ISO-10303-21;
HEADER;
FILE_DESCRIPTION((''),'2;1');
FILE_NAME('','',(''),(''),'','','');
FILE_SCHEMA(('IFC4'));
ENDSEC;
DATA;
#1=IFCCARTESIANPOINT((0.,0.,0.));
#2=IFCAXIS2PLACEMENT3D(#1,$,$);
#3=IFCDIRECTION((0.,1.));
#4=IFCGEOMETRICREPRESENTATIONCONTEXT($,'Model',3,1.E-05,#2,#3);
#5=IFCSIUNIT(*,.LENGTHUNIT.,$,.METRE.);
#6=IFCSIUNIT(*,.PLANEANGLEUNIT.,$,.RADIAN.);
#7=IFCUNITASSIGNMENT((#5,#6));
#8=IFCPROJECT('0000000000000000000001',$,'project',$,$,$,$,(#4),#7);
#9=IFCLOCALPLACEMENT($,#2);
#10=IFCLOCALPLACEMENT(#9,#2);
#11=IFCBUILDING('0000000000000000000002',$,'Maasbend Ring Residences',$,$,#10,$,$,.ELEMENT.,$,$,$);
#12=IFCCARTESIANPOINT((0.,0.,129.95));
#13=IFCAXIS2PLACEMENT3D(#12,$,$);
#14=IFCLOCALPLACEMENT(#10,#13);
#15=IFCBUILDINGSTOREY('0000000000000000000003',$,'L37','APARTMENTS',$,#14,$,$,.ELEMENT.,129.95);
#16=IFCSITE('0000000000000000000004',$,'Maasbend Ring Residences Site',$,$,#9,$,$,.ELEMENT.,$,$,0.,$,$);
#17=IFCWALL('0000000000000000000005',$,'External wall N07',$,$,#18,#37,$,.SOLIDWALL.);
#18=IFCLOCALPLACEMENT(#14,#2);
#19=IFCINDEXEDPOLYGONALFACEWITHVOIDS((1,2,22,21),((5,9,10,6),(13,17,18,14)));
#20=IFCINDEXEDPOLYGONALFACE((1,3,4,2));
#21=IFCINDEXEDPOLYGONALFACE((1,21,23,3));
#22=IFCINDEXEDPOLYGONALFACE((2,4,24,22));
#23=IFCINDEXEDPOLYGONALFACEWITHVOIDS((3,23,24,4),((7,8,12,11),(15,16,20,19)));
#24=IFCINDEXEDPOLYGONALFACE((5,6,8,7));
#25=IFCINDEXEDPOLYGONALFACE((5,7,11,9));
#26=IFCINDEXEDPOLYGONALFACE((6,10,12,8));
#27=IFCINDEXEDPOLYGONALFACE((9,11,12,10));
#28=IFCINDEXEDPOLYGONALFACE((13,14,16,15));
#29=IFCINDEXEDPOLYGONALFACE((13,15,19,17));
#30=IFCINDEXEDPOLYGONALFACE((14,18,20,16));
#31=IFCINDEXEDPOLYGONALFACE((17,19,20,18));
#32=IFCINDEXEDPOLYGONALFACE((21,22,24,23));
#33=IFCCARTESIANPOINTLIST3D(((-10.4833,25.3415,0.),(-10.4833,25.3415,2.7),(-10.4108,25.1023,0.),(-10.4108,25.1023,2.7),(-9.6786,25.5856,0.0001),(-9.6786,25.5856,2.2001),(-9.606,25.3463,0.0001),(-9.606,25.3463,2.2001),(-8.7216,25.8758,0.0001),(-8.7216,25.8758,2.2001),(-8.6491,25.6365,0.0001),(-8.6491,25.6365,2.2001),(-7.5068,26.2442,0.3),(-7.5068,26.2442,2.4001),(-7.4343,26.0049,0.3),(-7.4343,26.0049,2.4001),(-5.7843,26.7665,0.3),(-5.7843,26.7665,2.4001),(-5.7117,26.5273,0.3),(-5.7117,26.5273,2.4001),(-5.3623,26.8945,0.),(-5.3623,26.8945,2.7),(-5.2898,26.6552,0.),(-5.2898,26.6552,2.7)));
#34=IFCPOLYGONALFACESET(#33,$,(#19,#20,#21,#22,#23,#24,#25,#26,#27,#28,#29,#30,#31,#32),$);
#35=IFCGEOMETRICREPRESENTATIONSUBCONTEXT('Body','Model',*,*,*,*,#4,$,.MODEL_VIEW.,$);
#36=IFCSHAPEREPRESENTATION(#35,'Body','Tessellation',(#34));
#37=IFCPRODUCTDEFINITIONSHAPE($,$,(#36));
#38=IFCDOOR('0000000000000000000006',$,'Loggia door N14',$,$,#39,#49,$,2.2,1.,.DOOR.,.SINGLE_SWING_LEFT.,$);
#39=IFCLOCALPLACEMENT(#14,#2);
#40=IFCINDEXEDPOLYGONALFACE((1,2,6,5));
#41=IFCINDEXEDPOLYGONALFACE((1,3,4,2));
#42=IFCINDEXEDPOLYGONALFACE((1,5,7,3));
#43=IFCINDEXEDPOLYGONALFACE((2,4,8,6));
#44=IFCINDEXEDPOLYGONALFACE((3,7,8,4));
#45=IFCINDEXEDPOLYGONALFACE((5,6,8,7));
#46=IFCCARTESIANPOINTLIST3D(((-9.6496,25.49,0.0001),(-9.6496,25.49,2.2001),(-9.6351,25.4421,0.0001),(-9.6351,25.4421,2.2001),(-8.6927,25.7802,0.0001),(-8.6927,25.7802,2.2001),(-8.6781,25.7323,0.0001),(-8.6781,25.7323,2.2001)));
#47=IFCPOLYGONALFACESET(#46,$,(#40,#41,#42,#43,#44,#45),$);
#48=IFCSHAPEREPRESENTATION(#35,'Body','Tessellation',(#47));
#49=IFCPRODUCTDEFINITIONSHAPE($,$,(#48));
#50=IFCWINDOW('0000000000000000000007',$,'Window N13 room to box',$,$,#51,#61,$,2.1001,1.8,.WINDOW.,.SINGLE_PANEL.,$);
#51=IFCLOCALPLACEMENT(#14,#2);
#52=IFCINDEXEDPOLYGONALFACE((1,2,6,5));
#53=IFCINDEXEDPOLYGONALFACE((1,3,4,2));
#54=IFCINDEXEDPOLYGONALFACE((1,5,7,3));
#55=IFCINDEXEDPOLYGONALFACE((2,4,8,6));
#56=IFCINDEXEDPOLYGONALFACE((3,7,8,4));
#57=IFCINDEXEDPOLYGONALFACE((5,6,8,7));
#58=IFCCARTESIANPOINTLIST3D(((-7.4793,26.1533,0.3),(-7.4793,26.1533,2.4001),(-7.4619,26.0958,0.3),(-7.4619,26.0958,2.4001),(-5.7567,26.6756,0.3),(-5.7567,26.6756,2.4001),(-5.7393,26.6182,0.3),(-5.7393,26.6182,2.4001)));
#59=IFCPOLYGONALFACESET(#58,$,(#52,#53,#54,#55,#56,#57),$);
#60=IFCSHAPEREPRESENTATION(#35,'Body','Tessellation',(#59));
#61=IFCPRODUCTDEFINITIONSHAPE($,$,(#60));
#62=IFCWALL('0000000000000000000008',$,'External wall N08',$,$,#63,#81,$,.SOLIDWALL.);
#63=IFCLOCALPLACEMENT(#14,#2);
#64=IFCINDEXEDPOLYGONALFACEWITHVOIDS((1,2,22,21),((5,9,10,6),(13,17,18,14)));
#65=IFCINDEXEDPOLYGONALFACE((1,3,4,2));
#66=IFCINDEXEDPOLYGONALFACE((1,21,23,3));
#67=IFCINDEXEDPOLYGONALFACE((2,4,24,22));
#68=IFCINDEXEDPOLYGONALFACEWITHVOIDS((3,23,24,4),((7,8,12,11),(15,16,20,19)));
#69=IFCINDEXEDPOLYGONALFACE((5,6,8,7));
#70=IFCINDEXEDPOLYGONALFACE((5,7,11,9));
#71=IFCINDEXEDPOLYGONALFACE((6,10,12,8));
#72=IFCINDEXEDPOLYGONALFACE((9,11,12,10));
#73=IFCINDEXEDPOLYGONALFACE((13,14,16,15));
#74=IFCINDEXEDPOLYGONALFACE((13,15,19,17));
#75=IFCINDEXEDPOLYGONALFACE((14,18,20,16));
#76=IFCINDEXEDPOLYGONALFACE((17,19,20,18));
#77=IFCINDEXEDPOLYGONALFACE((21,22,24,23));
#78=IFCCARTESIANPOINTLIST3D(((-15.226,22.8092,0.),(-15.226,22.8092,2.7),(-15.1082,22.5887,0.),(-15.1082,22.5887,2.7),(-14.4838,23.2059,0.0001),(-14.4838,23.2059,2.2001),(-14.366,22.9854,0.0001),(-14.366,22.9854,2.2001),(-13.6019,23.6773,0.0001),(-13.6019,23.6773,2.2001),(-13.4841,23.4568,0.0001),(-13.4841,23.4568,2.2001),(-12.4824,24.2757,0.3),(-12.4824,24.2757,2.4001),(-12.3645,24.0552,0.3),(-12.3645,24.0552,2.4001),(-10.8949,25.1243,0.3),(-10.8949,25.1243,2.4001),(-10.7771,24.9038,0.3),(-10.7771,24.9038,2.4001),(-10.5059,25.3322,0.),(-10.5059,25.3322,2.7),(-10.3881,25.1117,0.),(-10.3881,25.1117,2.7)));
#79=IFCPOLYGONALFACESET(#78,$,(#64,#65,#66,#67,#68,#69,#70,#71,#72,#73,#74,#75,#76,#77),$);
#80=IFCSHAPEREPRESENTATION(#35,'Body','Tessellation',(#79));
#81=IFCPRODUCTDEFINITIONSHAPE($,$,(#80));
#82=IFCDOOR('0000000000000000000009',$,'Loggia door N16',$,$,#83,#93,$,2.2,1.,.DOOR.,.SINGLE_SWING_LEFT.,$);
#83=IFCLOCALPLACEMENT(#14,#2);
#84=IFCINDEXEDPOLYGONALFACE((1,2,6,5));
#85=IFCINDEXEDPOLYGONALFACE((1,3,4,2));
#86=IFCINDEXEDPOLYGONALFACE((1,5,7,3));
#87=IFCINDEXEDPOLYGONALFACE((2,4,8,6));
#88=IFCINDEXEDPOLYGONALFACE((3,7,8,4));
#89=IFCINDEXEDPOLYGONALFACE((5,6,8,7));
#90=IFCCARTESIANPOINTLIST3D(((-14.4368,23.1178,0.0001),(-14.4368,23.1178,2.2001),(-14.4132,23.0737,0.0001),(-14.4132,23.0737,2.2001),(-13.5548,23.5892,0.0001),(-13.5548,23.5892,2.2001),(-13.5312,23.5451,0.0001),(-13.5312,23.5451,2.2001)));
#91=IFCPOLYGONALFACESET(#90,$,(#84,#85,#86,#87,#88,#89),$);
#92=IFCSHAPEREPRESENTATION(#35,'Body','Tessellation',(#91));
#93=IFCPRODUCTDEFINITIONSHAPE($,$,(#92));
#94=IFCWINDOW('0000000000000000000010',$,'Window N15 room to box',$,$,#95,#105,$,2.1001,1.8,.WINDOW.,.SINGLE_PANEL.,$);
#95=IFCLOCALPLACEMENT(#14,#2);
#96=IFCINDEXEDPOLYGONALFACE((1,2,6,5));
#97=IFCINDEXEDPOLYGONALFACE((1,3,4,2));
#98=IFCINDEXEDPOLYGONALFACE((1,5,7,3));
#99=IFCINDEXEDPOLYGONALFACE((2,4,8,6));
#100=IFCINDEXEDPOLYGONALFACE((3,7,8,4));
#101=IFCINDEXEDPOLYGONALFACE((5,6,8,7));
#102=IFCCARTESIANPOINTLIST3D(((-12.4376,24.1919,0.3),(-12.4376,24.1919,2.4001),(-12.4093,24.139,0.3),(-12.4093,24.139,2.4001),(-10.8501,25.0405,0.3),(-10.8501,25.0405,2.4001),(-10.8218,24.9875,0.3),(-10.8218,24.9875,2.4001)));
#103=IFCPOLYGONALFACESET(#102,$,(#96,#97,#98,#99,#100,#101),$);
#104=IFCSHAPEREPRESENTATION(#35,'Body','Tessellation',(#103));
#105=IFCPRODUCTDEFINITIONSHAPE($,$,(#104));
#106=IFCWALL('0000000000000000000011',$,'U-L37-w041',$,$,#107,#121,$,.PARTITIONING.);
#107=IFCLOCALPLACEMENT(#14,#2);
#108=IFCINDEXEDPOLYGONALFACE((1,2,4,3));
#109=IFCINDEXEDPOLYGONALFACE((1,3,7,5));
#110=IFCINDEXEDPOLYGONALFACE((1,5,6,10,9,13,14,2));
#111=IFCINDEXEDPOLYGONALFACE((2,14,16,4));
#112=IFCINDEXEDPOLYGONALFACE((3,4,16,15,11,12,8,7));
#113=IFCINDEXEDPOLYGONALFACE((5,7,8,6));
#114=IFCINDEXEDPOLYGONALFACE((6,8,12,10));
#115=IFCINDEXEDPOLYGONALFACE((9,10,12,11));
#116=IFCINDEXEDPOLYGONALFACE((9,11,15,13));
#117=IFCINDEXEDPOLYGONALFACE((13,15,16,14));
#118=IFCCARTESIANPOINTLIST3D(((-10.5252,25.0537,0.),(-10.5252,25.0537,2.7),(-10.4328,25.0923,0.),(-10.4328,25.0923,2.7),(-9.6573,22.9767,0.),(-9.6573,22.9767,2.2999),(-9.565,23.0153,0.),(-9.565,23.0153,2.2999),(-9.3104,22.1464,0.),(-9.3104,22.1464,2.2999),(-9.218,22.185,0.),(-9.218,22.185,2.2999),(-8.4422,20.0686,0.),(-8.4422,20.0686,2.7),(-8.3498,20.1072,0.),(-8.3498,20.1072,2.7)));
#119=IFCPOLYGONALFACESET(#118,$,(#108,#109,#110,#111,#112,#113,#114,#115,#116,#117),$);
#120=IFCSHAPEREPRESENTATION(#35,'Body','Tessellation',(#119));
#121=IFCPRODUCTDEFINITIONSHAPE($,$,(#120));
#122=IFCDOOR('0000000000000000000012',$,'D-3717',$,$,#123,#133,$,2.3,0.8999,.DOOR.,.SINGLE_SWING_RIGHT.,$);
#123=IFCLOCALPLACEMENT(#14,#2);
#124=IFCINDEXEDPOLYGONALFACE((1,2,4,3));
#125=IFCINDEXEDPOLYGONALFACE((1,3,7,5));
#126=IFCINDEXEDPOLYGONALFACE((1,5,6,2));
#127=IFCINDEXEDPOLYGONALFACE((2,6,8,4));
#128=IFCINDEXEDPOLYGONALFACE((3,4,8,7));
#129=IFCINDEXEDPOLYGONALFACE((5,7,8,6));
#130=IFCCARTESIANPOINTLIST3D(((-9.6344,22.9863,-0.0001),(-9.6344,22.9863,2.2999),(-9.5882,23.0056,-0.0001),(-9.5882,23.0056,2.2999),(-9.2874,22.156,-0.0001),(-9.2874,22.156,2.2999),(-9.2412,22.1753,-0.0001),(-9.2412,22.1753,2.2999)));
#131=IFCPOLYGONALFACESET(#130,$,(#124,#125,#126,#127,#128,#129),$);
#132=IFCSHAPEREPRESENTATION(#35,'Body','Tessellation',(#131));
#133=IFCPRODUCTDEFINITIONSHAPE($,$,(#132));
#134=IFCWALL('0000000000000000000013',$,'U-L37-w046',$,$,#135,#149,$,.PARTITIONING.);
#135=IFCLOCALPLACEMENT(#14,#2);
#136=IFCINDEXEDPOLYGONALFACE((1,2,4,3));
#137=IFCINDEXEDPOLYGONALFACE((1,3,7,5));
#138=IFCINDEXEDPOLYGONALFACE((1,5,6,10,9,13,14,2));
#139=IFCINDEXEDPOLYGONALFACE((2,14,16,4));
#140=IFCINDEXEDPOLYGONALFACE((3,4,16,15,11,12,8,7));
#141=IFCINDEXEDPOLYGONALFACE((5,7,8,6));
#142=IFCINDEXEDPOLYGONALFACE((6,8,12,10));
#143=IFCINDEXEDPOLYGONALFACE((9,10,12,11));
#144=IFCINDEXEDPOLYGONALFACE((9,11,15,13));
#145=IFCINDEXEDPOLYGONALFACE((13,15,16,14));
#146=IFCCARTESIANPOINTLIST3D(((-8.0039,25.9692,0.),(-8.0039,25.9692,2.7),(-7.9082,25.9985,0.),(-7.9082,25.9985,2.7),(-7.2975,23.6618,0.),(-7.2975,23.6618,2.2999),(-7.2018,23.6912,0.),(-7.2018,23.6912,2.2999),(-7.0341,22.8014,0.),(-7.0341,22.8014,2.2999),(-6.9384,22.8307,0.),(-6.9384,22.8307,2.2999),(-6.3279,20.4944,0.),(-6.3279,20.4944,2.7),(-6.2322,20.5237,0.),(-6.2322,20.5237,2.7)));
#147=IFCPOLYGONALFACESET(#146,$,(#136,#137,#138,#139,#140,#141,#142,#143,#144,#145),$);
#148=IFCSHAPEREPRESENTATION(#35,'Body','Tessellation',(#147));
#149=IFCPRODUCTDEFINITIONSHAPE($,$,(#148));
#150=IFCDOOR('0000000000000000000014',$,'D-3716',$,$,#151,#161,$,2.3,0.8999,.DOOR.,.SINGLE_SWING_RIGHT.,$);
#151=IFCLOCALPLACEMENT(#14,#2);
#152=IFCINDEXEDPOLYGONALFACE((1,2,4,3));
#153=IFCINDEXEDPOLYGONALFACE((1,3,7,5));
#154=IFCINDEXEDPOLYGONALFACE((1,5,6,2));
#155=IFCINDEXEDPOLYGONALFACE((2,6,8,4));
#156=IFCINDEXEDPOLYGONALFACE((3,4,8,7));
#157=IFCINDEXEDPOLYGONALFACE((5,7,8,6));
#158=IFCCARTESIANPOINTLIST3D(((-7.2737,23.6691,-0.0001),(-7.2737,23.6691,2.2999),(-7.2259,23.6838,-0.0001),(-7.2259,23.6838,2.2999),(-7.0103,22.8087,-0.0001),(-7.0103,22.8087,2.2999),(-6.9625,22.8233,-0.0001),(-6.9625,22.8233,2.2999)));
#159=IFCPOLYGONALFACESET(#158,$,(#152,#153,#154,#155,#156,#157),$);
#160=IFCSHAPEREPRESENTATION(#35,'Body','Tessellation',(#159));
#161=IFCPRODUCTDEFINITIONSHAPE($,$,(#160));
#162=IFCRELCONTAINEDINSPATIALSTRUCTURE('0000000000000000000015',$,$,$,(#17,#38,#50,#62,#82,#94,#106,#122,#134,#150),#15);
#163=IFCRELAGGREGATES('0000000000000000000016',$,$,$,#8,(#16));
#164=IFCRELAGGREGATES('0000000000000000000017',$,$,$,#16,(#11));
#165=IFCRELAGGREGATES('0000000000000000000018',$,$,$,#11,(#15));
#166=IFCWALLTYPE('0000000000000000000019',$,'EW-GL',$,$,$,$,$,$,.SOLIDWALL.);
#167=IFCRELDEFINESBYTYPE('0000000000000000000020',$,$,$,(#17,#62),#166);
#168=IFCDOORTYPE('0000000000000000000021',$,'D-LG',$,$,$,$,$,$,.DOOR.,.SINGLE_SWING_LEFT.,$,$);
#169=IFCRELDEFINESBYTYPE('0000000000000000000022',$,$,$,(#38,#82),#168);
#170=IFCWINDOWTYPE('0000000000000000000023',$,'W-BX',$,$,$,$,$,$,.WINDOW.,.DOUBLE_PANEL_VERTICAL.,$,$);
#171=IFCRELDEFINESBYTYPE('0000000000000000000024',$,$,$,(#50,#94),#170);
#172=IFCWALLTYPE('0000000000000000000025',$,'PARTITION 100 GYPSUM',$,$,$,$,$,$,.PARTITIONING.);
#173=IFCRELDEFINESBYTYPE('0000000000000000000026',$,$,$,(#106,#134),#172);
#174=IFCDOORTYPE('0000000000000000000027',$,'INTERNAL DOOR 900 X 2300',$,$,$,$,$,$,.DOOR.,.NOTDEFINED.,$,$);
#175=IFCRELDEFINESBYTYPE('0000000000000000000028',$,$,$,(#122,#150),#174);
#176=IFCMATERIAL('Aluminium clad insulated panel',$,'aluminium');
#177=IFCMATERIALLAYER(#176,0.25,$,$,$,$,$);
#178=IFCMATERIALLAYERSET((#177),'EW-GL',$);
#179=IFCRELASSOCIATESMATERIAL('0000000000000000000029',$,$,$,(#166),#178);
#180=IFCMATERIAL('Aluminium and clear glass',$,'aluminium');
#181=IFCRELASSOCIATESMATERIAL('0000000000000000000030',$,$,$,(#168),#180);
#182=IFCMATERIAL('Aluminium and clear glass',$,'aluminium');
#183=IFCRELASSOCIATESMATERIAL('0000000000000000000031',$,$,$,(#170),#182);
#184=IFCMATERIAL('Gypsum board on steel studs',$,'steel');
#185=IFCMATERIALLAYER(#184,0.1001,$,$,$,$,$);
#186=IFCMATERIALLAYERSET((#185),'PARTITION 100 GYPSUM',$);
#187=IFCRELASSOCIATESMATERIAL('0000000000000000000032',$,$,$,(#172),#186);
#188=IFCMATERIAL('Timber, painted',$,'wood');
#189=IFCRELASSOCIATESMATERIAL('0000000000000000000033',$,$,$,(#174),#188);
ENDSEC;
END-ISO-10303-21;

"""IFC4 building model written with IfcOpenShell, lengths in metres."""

from ifc_helpers import new_model, si_unit, direction, frame, frame_2d, origin, place, context, subcontext, project, spatial, rectangle, extrude, material, layer, layer_set, type_object, element, fill, save


model = new_model("IFC4")

# Units and contexts
model_context = context("Model", 3, precision=1e-05, world=origin(), true_north=direction((0.0, 1.0)))
body_context = subcontext(model_context, "Body", "Model", "MODEL_VIEW")
ifc_project = project(units=[si_unit("LENGTHUNIT", "METRE"), si_unit("PLANEANGLEUNIT", "RADIAN")], contexts=[model_context])

# Site, building, storey
site_placement = place(None, origin())
site = spatial("IfcSite", under=ifc_project, at=site_placement, Name="Maasbend Ring Residences Site", CompositionType="ELEMENT", RefElevation=0.0)
building_placement = place(site_placement, origin())
building = spatial("IfcBuilding", under=site, at=building_placement, Name="Maasbend Ring Residences", CompositionType="ELEMENT")
storey_placement = place(building_placement, frame((0.0, 0.0, 129.95)))
storey = spatial("IfcBuildingStorey", under=building, at=storey_placement, Name="L37", Description="APARTMENTS", CompositionType="ELEMENT", Elevation=129.95)

# Walls, openings, doors, windows
ifc_material_1 = material(Name="Aluminium clad insulated panel", Category="aluminium")
ifc_layer_1 = layer(ifc_material_1, 0.25)
ifc_layer_set_1 = layer_set([ifc_layer_1], Name="EW-GL")
wall_type_1 = type_object("IfcWallType", Name="EW-GL", PredefinedType="SOLIDWALL", material=ifc_layer_set_1)
wall_1_placement = place(storey_placement, frame((-5.3259, 26.7749, 0.0), z_axis=(0.0, 0.0, 1.0), x_axis=(-0.956966, -0.290201, 0.0)))
wall_1 = element("IfcWall", 1, at=wall_1_placement, inside=storey, type_object=wall_type_1, Name="External wall N07", PredefinedType="SOLIDWALL", context=body_context, shape_type="SweptSolid", body=[
    extrude(rectangle(XDim=5.3513, YDim=0.25, at=frame_2d((2.6758, 0.0))), origin(), (0.0, 0.0, 1.0), 2.7),
])
opening_1_placement = place(wall_1_placement, frame((0.4412, 0.0, 0.3)))
opening_1 = element("IfcOpeningElement", 2, at=opening_1_placement, cuts=wall_1, PredefinedType="OPENING", context=body_context, shape_type="SweptSolid", body=[
    extrude(rectangle(XDim=1.8, YDim=2.1001, at=frame_2d((0.8999, 1.05))), frame((0.0, 0.135, 0.0), z_axis=(0.0, -1.0, 0.0), x_axis=(1.0, 0.0, 0.0)), (0.0, 0.0, 1.0), 0.27),
])
opening_2_placement = place(wall_1_placement, frame((3.5105, 0.0, 0.0)))
opening_2 = element("IfcOpeningElement", 3, at=opening_2_placement, cuts=wall_1, PredefinedType="OPENING", context=body_context, shape_type="SweptSolid", body=[
    extrude(rectangle(XDim=1.0, YDim=2.2, at=frame_2d((0.5, 1.1001))), frame((0.0, 0.135, 0.0), z_axis=(0.0, -1.0, 0.0), x_axis=(1.0, 0.0, 0.0)), (0.0, 0.0, 1.0), 0.27),
])
ifc_material_2 = material(Name="Aluminium and clear glass", Category="aluminium")
door_type_1 = type_object("IfcDoorType", Name="D-LG", OperationType="SINGLE_SWING_LEFT", PredefinedType="DOOR", material=ifc_material_2)
door_1_placement = place(opening_2_placement, origin())
door_1 = element("IfcDoor", 4, at=door_1_placement, inside=storey, type_object=door_type_1, Name="Loggia door N14", OperationType="SINGLE_SWING_LEFT", OverallHeight=2.2, OverallWidth=1.0, PredefinedType="DOOR", context=body_context, shape_type="SweptSolid", body=[
    extrude(rectangle(XDim=1.0, YDim=2.2, at=frame_2d((0.5, 1.1001))), frame((0.0, 0.0249, 0.0), z_axis=(0.0, -1.0, 0.0), x_axis=(1.0, 0.0, 0.0)), (0.0, 0.0, 1.0), 0.05),
])
fill(opening_2, door_1)
ifc_material_3 = material(Name="Aluminium and clear glass", Category="aluminium")
window_type_1 = type_object("IfcWindowType", Name="W-BX", PartitioningType="DOUBLE_PANEL_VERTICAL", PredefinedType="WINDOW", material=ifc_material_3)
window_1_placement = place(opening_1_placement, origin())
window_1 = element("IfcWindow", 5, at=window_1_placement, inside=storey, type_object=window_type_1, Name="Window N13 room to box", OverallHeight=2.1001, OverallWidth=1.8, PartitioningType="SINGLE_PANEL", PredefinedType="WINDOW", context=body_context, shape_type="SweptSolid", body=[
    extrude(rectangle(XDim=1.8, YDim=2.1001, at=frame_2d((0.8999, 1.05))), frame((0.0, 0.03, 0.0), z_axis=(0.0, -1.0, 0.0), x_axis=(1.0, 0.0, 0.0)), (0.0, 0.0, 1.0), 0.0601),
])
fill(opening_1, window_1)
wall_2_placement = place(storey_placement, frame((-10.447, 25.2219, 0.0), z_axis=(0.0, 0.0, 1.0), x_axis=(-0.881916, -0.471407, 0.0)))
wall_2 = element("IfcWall", 6, at=wall_2_placement, inside=storey, type_object=wall_type_1, Name="External wall N08", PredefinedType="SOLIDWALL", context=body_context, shape_type="SweptSolid", body=[
    extrude(rectangle(XDim=5.3521, YDim=0.25, at=frame_2d((2.676, 0.0))), origin(), (0.0, 0.0, 1.0), 2.7),
])
opening_3_placement = place(wall_2_placement, frame((0.4412, 0.0, 0.3)))
opening_3 = element("IfcOpeningElement", 7, at=opening_3_placement, cuts=wall_2, PredefinedType="OPENING", context=body_context, shape_type="SweptSolid", body=[
    extrude(rectangle(XDim=1.8, YDim=2.1001, at=frame_2d((0.8999, 1.05))), frame((0.0, 0.135, 0.0), z_axis=(0.0, -1.0, 0.0), x_axis=(1.0, 0.0, 0.0)), (0.0, 0.0, 1.0), 0.27),
])
opening_4_placement = place(wall_2_placement, frame((3.5105, 0.0, 0.0)))
opening_4 = element("IfcOpeningElement", 8, at=opening_4_placement, cuts=wall_2, PredefinedType="OPENING", context=body_context, shape_type="SweptSolid", body=[
    extrude(rectangle(XDim=1.0, YDim=2.2, at=frame_2d((0.5, 1.1001))), frame((0.0, 0.135, 0.0), z_axis=(0.0, -1.0, 0.0), x_axis=(1.0, 0.0, 0.0)), (0.0, 0.0, 1.0), 0.27),
])
door_2_placement = place(opening_4_placement, origin())
door_2 = element("IfcDoor", 9, at=door_2_placement, inside=storey, type_object=door_type_1, Name="Loggia door N16", OperationType="SINGLE_SWING_LEFT", OverallHeight=2.2, OverallWidth=1.0, PredefinedType="DOOR", context=body_context, shape_type="SweptSolid", body=[
    extrude(rectangle(XDim=1.0, YDim=2.2, at=frame_2d((0.5, 1.1001))), frame((0.0, 0.0249, 0.0), z_axis=(0.0, -1.0, 0.0), x_axis=(1.0, 0.0, 0.0)), (0.0, 0.0, 1.0), 0.05),
])
fill(opening_4, door_2)
window_2_placement = place(opening_3_placement, origin())
window_2 = element("IfcWindow", 10, at=window_2_placement, inside=storey, type_object=window_type_1, Name="Window N15 room to box", OverallHeight=2.1001, OverallWidth=1.8, PartitioningType="SINGLE_PANEL", PredefinedType="WINDOW", context=body_context, shape_type="SweptSolid", body=[
    extrude(rectangle(XDim=1.8, YDim=2.1001, at=frame_2d((0.8999, 1.05))), frame((0.0, 0.03, 0.0), z_axis=(0.0, -1.0, 0.0), x_axis=(1.0, 0.0, 0.0)), (0.0, 0.0, 1.0), 0.0601),
])
fill(opening_3, window_2)

# Walls, openings, doors
ifc_material_4 = material(Name="Gypsum board on steel studs", Category="steel")
ifc_layer_2 = layer(ifc_material_4, 0.1001)
ifc_layer_set_2 = layer_set([ifc_layer_2], Name="PARTITION 100 GYPSUM")
wall_type_2 = type_object("IfcWallType", Name="PARTITION 100 GYPSUM", PredefinedType="PARTITIONING", material=ifc_layer_set_2)
wall_3_placement = place(storey_placement, frame((-10.479, 25.073, 0.0), z_axis=(0.0, 0.0, 1.0), x_axis=(0.385542, -0.92269, 0.0)))
wall_3 = element("IfcWall", 11, at=wall_3_placement, inside=storey, type_object=wall_type_2, Name="U-L37-w041", PredefinedType="PARTITIONING", context=body_context, shape_type="SweptSolid", body=[
    extrude(rectangle(XDim=5.4028, YDim=0.1001, at=frame_2d((2.7014, 0.0))), origin(), (0.0, 0.0, 1.0), 2.7),
])
opening_5_placement = place(wall_3_placement, frame((2.251, 0.0, 0.0)))
opening_5 = element("IfcOpeningElement", 12, at=opening_5_placement, cuts=wall_3, PredefinedType="OPENING", context=body_context, shape_type="SweptSolid", body=[
    extrude(rectangle(XDim=0.8999, YDim=2.3, at=frame_2d((0.45, 1.1499))), frame((0.0, 0.0601, 0.0), z_axis=(0.0, -1.0, 0.0), x_axis=(1.0, 0.0, 0.0)), (0.0, 0.0, 1.0), 0.1201),
])
ifc_material_5 = material(Name="Timber, painted", Category="wood")
door_type_2 = type_object("IfcDoorType", Name="INTERNAL DOOR 900 X 2300", OperationType="NOTDEFINED", PredefinedType="DOOR", material=ifc_material_5)
door_3_placement = place(opening_5_placement, origin())
door_3 = element("IfcDoor", 13, at=door_3_placement, inside=storey, type_object=door_type_2, Name="D-3717", OperationType="SINGLE_SWING_RIGHT", OverallHeight=2.3, OverallWidth=0.8999, PredefinedType="DOOR", context=body_context, shape_type="SweptSolid", body=[
    extrude(rectangle(XDim=0.8999, YDim=2.3, at=frame_2d((0.45, 1.1499))), frame((0.0, 0.0249, 0.0), z_axis=(0.0, -1.0, 0.0), x_axis=(1.0, 0.0, 0.0)), (0.0, 0.0, 1.0), 0.05),
])
fill(opening_5, door_3)
wall_4_placement = place(storey_placement, frame((-7.9561, 25.9839, 0.0), z_axis=(0.0, 0.0, 1.0), x_axis=(0.292722, -0.956198, 0.0)))
wall_4 = element("IfcWall", 14, at=wall_4_placement, inside=storey, type_object=wall_type_2, Name="U-L37-w046", PredefinedType="PARTITIONING", context=body_context, shape_type="SweptSolid", body=[
    extrude(rectangle(XDim=5.7256, YDim=0.1001, at=frame_2d((2.8628, 0.0))), origin(), (0.0, 0.0, 1.0), 2.7),
])
opening_6_placement = place(wall_4_placement, frame((2.4131, 0.0, 0.0)))
opening_6 = element("IfcOpeningElement", 15, at=opening_6_placement, cuts=wall_4, PredefinedType="OPENING", context=body_context, shape_type="SweptSolid", body=[
    extrude(rectangle(XDim=0.8999, YDim=2.3, at=frame_2d((0.45, 1.1499))), frame((0.0, 0.0601, 0.0), z_axis=(0.0, -1.0, 0.0), x_axis=(1.0, 0.0, 0.0)), (0.0, 0.0, 1.0), 0.1201),
])
door_4_placement = place(opening_6_placement, origin())
door_4 = element("IfcDoor", 16, at=door_4_placement, inside=storey, type_object=door_type_2, Name="D-3716", OperationType="SINGLE_SWING_RIGHT", OverallHeight=2.3, OverallWidth=0.8999, PredefinedType="DOOR", context=body_context, shape_type="SweptSolid", body=[
    extrude(rectangle(XDim=0.8999, YDim=2.3, at=frame_2d((0.45, 1.1499))), frame((0.0, 0.0249, 0.0), z_axis=(0.0, -1.0, 0.0), x_axis=(1.0, 0.0, 0.0)), (0.0, 0.0, 1.0), 0.05),
])
fill(opening_6, door_4)

save(model, "model.ifc")
